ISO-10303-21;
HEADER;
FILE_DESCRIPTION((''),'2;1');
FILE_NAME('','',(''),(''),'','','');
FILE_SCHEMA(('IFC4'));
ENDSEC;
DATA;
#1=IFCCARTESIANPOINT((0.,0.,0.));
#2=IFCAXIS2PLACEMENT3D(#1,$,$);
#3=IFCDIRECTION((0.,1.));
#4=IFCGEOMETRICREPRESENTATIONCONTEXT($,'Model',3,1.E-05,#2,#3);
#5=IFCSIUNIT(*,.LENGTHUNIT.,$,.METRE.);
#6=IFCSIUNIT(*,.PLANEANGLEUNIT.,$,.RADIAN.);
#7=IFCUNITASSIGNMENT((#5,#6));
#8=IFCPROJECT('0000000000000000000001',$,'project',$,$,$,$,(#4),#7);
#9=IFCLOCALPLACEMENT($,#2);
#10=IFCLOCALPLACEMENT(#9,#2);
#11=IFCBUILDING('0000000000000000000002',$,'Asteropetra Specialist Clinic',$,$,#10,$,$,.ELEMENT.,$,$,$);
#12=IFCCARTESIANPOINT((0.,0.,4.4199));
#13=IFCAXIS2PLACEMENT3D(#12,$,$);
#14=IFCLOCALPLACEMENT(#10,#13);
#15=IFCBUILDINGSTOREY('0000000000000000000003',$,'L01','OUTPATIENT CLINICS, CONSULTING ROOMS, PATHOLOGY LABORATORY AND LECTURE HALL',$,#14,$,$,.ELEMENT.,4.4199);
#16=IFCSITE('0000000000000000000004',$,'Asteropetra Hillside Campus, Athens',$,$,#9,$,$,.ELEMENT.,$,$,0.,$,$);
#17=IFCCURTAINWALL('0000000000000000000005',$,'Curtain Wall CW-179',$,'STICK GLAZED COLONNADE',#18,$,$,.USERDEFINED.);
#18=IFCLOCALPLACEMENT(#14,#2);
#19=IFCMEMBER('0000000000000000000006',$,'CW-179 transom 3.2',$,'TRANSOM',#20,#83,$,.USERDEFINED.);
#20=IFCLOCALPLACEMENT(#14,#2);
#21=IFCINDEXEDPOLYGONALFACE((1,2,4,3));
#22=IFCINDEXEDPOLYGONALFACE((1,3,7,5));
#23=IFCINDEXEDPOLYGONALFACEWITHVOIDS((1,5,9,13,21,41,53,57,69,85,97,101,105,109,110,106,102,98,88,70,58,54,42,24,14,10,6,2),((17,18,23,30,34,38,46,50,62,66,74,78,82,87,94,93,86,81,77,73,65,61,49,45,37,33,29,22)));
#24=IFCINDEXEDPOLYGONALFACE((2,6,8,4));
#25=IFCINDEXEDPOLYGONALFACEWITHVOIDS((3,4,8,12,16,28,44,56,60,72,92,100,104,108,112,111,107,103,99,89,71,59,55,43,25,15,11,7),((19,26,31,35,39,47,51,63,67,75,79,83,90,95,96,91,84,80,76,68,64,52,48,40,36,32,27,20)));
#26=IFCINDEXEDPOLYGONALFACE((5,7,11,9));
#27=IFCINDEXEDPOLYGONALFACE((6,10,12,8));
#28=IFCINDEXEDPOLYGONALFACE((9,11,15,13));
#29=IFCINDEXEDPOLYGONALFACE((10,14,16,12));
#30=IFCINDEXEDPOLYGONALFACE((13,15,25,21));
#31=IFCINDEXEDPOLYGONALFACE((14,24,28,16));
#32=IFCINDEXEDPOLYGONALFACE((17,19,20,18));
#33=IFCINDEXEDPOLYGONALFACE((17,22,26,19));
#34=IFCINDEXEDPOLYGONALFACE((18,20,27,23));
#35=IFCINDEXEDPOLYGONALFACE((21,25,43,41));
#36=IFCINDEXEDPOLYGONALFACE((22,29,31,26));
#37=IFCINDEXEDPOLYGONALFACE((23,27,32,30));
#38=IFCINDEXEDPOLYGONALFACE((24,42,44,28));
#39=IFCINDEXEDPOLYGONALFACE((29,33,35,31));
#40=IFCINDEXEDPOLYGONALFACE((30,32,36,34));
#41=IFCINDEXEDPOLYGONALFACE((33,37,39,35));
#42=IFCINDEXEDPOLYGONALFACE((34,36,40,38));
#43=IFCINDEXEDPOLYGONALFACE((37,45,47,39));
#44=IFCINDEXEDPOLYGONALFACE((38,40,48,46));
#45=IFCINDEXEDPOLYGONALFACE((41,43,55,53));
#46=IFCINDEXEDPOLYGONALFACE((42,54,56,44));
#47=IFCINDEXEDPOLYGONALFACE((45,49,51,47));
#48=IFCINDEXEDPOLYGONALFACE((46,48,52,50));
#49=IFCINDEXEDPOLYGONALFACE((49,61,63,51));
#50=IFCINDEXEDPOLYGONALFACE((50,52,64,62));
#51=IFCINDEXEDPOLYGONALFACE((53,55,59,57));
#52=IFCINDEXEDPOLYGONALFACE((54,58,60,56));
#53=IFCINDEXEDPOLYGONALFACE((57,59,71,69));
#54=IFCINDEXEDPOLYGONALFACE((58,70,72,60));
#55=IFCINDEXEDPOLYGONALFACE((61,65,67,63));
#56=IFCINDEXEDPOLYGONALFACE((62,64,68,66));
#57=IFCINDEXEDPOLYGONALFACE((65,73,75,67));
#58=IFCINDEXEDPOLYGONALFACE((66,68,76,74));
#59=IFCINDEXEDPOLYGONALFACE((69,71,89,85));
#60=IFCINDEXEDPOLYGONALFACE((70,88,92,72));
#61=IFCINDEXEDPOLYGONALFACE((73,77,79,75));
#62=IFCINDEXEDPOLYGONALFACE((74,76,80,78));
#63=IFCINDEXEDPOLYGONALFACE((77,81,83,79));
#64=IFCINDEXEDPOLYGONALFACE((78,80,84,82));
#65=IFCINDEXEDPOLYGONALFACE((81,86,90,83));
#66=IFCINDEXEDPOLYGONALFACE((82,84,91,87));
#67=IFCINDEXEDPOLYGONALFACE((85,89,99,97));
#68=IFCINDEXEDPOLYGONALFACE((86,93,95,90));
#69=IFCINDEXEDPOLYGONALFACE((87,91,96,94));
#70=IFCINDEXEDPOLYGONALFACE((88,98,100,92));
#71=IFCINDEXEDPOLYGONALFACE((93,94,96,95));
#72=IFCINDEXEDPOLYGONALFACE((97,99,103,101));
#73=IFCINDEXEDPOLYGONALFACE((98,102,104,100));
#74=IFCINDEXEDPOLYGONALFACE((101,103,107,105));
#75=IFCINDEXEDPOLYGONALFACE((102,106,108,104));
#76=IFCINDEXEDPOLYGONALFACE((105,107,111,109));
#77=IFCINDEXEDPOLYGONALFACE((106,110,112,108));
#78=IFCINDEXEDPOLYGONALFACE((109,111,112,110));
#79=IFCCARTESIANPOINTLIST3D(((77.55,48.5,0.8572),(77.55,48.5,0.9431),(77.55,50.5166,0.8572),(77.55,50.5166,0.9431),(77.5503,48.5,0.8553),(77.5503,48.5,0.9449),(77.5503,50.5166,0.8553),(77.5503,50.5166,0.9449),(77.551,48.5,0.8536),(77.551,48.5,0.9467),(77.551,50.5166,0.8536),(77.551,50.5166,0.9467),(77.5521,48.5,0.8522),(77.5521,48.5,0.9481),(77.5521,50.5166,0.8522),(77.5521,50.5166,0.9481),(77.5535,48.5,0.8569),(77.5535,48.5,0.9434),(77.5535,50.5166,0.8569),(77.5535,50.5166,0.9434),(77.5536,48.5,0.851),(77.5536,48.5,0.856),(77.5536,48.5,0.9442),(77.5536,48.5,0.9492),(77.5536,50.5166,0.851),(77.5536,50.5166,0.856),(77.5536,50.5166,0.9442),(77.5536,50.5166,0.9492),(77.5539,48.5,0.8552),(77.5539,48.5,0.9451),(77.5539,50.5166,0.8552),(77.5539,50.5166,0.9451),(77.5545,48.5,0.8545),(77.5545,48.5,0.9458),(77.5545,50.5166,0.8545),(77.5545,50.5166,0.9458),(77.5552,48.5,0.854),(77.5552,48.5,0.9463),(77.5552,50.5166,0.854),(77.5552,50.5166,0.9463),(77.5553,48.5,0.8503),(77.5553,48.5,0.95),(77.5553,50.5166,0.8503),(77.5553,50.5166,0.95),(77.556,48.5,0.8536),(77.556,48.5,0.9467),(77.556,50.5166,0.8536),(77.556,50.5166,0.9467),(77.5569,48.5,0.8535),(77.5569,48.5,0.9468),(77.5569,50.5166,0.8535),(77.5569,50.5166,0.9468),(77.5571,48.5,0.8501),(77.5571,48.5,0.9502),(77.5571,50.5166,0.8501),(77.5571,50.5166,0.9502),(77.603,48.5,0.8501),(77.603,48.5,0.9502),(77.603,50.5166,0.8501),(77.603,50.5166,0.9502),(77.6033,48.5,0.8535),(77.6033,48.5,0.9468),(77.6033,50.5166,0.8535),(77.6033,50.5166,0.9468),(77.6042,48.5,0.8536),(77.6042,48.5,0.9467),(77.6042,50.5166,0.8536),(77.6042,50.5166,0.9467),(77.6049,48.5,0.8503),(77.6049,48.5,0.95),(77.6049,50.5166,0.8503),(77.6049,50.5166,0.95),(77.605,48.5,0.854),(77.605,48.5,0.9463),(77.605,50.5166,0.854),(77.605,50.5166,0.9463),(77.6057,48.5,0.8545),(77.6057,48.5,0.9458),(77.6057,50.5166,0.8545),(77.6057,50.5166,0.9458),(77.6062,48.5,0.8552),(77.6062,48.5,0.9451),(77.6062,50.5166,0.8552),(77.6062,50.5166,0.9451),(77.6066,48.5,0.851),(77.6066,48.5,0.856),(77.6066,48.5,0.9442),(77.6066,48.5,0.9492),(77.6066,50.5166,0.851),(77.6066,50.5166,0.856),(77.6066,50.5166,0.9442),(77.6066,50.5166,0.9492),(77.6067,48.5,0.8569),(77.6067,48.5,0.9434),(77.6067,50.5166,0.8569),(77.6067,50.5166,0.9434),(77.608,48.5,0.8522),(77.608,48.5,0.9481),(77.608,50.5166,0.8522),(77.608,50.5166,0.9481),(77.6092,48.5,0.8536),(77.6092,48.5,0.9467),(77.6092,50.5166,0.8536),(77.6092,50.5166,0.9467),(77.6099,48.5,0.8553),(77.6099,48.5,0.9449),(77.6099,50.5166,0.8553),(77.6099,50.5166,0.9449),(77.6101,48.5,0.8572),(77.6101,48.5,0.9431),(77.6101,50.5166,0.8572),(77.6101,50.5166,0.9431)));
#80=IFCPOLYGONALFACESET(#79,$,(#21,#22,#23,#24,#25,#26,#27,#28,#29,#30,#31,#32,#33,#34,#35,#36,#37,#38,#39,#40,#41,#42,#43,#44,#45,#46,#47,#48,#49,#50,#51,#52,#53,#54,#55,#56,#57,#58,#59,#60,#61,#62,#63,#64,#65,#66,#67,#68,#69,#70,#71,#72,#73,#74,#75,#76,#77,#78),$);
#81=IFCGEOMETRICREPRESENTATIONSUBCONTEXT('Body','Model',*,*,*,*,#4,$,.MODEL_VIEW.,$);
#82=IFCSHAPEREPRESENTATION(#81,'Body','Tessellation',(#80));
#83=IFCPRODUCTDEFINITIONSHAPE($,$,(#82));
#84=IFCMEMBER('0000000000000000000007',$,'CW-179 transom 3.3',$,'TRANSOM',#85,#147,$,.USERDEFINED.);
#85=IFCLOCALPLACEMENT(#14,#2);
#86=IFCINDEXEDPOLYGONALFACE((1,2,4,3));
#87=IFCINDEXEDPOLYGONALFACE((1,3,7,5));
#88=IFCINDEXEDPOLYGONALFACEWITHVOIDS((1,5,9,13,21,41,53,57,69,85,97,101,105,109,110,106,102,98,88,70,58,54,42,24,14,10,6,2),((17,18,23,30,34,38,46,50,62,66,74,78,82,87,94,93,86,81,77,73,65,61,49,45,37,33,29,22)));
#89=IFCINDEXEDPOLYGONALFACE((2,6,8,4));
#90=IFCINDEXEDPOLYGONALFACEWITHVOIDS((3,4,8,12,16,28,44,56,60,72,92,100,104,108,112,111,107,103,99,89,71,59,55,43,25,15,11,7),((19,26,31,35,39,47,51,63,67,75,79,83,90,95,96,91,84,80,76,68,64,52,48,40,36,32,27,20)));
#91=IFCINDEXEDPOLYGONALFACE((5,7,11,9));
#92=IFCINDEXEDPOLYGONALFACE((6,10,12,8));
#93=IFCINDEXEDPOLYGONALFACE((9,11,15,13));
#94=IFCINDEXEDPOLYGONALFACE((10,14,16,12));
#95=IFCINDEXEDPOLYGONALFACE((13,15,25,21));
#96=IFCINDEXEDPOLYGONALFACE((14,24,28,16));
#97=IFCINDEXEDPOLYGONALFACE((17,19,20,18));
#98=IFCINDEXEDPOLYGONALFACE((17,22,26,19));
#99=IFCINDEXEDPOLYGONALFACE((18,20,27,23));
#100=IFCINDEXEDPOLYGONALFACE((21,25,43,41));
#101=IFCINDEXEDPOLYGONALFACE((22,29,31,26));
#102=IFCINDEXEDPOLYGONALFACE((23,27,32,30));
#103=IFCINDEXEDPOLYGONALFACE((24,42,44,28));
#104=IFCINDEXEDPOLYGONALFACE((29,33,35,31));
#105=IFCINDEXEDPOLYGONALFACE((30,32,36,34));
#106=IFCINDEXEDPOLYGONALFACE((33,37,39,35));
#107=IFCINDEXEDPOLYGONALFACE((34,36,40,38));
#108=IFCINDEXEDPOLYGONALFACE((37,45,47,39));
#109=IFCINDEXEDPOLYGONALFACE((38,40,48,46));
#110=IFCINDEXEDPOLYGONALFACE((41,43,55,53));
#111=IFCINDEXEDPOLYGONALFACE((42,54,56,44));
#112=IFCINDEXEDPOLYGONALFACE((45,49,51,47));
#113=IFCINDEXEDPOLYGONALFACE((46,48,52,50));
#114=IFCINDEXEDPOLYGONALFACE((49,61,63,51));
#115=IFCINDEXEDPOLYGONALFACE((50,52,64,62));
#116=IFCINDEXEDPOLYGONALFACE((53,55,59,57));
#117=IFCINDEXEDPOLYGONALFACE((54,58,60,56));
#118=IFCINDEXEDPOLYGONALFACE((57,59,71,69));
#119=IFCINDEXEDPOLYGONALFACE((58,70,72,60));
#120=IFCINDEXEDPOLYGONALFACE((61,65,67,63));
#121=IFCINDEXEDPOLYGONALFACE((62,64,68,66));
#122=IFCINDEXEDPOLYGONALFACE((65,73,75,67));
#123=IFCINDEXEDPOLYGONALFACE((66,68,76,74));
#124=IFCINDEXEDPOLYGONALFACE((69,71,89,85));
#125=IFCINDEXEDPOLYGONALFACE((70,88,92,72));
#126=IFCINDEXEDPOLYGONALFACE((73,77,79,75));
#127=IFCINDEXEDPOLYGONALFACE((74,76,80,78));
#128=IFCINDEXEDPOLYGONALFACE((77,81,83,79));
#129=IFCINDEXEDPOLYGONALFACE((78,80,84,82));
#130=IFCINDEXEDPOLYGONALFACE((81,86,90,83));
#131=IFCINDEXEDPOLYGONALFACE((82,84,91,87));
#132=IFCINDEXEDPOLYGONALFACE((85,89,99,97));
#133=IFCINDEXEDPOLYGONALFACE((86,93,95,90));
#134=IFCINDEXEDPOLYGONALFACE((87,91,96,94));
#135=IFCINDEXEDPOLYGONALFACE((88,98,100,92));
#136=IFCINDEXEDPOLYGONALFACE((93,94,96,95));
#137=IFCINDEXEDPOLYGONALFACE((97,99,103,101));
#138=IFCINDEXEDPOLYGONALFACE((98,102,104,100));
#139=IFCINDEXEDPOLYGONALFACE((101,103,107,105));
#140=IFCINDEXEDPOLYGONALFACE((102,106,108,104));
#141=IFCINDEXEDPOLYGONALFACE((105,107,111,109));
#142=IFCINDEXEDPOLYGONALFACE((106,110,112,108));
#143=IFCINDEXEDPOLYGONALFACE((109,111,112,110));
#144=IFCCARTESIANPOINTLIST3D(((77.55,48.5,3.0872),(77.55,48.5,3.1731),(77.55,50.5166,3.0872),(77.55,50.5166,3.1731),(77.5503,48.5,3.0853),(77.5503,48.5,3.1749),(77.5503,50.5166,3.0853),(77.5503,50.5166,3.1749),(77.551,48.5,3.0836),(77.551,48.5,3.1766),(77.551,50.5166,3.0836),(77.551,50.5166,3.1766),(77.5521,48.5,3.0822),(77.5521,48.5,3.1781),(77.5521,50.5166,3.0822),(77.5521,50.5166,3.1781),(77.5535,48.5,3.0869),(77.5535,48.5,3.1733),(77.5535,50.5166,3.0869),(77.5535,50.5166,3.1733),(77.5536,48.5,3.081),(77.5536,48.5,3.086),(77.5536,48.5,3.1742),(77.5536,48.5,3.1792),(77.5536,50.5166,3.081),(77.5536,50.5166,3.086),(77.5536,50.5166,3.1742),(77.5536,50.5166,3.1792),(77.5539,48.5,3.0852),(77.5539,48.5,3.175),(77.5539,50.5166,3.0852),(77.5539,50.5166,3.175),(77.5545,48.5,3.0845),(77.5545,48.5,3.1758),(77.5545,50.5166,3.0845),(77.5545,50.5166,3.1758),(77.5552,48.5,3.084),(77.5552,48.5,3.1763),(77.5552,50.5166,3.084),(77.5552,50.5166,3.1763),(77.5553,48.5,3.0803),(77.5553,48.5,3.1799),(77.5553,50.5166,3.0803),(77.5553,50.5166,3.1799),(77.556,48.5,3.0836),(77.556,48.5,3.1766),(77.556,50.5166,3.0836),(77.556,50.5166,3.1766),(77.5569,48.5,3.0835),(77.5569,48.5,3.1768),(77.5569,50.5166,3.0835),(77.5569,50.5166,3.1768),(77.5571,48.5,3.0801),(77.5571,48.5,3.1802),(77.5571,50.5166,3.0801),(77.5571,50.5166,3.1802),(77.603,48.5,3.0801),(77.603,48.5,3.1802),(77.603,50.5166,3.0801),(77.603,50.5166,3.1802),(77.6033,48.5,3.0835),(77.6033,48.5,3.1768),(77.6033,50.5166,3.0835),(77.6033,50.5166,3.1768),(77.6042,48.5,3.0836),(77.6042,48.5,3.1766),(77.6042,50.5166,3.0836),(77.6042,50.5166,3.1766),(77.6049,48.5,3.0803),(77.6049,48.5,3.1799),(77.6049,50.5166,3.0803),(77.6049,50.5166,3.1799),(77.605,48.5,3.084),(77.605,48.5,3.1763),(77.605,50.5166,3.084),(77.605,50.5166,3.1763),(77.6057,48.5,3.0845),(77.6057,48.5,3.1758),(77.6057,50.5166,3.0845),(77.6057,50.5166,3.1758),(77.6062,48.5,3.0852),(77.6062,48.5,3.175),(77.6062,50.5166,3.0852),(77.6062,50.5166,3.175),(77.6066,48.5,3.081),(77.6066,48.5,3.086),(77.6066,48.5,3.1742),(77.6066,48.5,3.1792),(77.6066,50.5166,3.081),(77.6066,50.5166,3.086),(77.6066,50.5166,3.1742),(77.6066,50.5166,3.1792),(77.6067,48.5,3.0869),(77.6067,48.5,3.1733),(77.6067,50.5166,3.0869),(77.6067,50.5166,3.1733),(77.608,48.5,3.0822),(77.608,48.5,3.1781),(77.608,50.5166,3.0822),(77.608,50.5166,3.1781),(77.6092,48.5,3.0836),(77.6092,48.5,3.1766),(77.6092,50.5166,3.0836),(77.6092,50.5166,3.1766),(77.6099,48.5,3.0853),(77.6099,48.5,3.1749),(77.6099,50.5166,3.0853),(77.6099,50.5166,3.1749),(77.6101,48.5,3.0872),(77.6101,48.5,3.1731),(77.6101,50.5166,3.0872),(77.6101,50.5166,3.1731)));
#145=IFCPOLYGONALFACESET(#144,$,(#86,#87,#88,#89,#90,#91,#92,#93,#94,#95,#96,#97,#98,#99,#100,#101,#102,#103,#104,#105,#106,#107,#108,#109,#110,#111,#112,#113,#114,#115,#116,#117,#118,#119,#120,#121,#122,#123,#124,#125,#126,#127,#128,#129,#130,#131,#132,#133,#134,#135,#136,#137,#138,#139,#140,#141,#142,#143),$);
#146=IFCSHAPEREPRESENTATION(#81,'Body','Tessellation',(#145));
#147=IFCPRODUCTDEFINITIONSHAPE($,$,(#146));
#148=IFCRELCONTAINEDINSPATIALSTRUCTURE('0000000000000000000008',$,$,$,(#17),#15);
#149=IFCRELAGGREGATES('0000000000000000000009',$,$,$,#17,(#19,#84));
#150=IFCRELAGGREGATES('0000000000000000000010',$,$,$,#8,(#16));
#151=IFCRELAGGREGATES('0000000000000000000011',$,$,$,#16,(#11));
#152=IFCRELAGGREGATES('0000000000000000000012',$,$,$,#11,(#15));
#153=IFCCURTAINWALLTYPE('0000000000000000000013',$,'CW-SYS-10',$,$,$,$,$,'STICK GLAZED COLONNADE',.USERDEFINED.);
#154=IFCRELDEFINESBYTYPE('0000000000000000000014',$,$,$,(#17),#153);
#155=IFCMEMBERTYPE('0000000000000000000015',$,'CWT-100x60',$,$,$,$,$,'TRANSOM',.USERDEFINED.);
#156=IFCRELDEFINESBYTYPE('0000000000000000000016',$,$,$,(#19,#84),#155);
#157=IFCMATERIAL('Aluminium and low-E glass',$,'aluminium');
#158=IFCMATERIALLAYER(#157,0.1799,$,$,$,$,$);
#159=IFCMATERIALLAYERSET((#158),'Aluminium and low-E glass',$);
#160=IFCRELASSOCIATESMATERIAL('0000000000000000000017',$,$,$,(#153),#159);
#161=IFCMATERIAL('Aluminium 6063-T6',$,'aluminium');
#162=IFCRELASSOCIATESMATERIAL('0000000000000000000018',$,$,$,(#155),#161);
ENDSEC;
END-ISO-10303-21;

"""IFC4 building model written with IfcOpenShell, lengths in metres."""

from ifc_helpers import new_model, si_unit, direction, frame, origin, origin_2d, place, context, subcontext, project, spatial, hollow_rectangle, extrude, material, layer, layer_set, material_profile, profile_set, type_object, element, aggregate, save


model = new_model("IFC4")

# Units and contexts
model_context = context("Model", 3, precision=1e-05, world=origin(), true_north=direction((0.0, 1.0)))
body_context = subcontext(model_context, "Body", "Model", "MODEL_VIEW")
ifc_project = project(units=[si_unit("LENGTHUNIT", "METRE"), si_unit("PLANEANGLEUNIT", "RADIAN")], contexts=[model_context])

# Site, building, storey
site_placement = place(None, origin())
site = spatial("IfcSite", under=ifc_project, at=site_placement, Name="Asteropetra Hillside Campus, Athens", CompositionType="ELEMENT", RefElevation=0.0)
building_placement = place(site_placement, origin())
building = spatial("IfcBuilding", under=site, at=building_placement, Name="Asteropetra Specialist Clinic", CompositionType="ELEMENT")
storey_placement = place(building_placement, frame((0.0, 0.0, 4.4199)))
storey = spatial("IfcBuildingStorey", under=building, at=storey_placement, Name="L01", Description="OUTPATIENT CLINICS, CONSULTING ROOMS, PATHOLOGY LABORATORY AND LECTURE HALL", CompositionType="ELEMENT", Elevation=4.4199)

# Curtain wall
ifc_material_1 = material(Name="Aluminium and low-E glass", Category="aluminium")
ifc_layer_1 = layer(ifc_material_1, 0.1799)
ifc_layer_set_1 = layer_set([ifc_layer_1], Name="Aluminium and low-E glass")
curtain_wall_type = type_object("IfcCurtainWallType", Name="CW-SYS-10", ElementType="STICK GLAZED COLONNADE", PredefinedType="USERDEFINED", material=ifc_layer_set_1)
curtain_wall_1_placement = place(storey_placement, origin())
curtain_wall_1 = element("IfcCurtainWall", 1, at=curtain_wall_1_placement, inside=storey, type_object=curtain_wall_type, Name="Curtain Wall CW-179", ObjectType="STICK GLAZED COLONNADE", PredefinedType="USERDEFINED")

# Members
ifc_material_2 = material(Name="Aluminium 6063-T6", Category="aluminium")
ifc_material_profile_1 = material_profile(ifc_material_2, hollow_rectangle(XDim=0.0601, YDim=0.1001, WallThickness=0.0034, InnerFilletRadius=0.0034, OuterFilletRadius=0.0071, at=origin_2d()), Name="TRN 100x60x3.5")
ifc_profile_set_1 = profile_set([ifc_material_profile_1], Name="Aluminium 6063-T6")
member_type_1 = type_object("IfcMemberType", Name="CWT-100x60", ElementType="TRANSOM", PredefinedType="USERDEFINED", material=ifc_profile_set_1)
member_1_placement = place(storey_placement, frame((77.5801, 50.5166, 0.9001), z_axis=(0.0, -1.0, 0.0), x_axis=(1.0, 0.0, 0.0)))
member_1 = element("IfcMember", 2, at=member_1_placement, type_object=member_type_1, Name="CW-179 transom 3.2", ObjectType="TRANSOM", PredefinedType="USERDEFINED", context=body_context, shape_type="SweptSolid", body=[
    extrude(hollow_rectangle(XDim=0.0601, YDim=0.1001, WallThickness=0.0034, InnerFilletRadius=0.0034, OuterFilletRadius=0.0071, at=origin_2d()), origin(), (0.0, 0.0, 1.0), 2.0166),
])
member_2_placement = place(storey_placement, frame((77.5801, 50.5166, 3.1301), z_axis=(0.0, -1.0, 0.0), x_axis=(1.0, 0.0, 0.0)))
member_2 = element("IfcMember", 3, at=member_2_placement, type_object=member_type_1, Name="CW-179 transom 3.3", ObjectType="TRANSOM", PredefinedType="USERDEFINED", context=body_context, shape_type="SweptSolid", body=[
    extrude(hollow_rectangle(XDim=0.0601, YDim=0.1001, WallThickness=0.0034, InnerFilletRadius=0.0034, OuterFilletRadius=0.0071, at=origin_2d()), origin(), (0.0, 0.0, 1.0), 2.0166),
])

aggregate(curtain_wall_1, [member_1, member_2])

save(model, "model.ifc")
